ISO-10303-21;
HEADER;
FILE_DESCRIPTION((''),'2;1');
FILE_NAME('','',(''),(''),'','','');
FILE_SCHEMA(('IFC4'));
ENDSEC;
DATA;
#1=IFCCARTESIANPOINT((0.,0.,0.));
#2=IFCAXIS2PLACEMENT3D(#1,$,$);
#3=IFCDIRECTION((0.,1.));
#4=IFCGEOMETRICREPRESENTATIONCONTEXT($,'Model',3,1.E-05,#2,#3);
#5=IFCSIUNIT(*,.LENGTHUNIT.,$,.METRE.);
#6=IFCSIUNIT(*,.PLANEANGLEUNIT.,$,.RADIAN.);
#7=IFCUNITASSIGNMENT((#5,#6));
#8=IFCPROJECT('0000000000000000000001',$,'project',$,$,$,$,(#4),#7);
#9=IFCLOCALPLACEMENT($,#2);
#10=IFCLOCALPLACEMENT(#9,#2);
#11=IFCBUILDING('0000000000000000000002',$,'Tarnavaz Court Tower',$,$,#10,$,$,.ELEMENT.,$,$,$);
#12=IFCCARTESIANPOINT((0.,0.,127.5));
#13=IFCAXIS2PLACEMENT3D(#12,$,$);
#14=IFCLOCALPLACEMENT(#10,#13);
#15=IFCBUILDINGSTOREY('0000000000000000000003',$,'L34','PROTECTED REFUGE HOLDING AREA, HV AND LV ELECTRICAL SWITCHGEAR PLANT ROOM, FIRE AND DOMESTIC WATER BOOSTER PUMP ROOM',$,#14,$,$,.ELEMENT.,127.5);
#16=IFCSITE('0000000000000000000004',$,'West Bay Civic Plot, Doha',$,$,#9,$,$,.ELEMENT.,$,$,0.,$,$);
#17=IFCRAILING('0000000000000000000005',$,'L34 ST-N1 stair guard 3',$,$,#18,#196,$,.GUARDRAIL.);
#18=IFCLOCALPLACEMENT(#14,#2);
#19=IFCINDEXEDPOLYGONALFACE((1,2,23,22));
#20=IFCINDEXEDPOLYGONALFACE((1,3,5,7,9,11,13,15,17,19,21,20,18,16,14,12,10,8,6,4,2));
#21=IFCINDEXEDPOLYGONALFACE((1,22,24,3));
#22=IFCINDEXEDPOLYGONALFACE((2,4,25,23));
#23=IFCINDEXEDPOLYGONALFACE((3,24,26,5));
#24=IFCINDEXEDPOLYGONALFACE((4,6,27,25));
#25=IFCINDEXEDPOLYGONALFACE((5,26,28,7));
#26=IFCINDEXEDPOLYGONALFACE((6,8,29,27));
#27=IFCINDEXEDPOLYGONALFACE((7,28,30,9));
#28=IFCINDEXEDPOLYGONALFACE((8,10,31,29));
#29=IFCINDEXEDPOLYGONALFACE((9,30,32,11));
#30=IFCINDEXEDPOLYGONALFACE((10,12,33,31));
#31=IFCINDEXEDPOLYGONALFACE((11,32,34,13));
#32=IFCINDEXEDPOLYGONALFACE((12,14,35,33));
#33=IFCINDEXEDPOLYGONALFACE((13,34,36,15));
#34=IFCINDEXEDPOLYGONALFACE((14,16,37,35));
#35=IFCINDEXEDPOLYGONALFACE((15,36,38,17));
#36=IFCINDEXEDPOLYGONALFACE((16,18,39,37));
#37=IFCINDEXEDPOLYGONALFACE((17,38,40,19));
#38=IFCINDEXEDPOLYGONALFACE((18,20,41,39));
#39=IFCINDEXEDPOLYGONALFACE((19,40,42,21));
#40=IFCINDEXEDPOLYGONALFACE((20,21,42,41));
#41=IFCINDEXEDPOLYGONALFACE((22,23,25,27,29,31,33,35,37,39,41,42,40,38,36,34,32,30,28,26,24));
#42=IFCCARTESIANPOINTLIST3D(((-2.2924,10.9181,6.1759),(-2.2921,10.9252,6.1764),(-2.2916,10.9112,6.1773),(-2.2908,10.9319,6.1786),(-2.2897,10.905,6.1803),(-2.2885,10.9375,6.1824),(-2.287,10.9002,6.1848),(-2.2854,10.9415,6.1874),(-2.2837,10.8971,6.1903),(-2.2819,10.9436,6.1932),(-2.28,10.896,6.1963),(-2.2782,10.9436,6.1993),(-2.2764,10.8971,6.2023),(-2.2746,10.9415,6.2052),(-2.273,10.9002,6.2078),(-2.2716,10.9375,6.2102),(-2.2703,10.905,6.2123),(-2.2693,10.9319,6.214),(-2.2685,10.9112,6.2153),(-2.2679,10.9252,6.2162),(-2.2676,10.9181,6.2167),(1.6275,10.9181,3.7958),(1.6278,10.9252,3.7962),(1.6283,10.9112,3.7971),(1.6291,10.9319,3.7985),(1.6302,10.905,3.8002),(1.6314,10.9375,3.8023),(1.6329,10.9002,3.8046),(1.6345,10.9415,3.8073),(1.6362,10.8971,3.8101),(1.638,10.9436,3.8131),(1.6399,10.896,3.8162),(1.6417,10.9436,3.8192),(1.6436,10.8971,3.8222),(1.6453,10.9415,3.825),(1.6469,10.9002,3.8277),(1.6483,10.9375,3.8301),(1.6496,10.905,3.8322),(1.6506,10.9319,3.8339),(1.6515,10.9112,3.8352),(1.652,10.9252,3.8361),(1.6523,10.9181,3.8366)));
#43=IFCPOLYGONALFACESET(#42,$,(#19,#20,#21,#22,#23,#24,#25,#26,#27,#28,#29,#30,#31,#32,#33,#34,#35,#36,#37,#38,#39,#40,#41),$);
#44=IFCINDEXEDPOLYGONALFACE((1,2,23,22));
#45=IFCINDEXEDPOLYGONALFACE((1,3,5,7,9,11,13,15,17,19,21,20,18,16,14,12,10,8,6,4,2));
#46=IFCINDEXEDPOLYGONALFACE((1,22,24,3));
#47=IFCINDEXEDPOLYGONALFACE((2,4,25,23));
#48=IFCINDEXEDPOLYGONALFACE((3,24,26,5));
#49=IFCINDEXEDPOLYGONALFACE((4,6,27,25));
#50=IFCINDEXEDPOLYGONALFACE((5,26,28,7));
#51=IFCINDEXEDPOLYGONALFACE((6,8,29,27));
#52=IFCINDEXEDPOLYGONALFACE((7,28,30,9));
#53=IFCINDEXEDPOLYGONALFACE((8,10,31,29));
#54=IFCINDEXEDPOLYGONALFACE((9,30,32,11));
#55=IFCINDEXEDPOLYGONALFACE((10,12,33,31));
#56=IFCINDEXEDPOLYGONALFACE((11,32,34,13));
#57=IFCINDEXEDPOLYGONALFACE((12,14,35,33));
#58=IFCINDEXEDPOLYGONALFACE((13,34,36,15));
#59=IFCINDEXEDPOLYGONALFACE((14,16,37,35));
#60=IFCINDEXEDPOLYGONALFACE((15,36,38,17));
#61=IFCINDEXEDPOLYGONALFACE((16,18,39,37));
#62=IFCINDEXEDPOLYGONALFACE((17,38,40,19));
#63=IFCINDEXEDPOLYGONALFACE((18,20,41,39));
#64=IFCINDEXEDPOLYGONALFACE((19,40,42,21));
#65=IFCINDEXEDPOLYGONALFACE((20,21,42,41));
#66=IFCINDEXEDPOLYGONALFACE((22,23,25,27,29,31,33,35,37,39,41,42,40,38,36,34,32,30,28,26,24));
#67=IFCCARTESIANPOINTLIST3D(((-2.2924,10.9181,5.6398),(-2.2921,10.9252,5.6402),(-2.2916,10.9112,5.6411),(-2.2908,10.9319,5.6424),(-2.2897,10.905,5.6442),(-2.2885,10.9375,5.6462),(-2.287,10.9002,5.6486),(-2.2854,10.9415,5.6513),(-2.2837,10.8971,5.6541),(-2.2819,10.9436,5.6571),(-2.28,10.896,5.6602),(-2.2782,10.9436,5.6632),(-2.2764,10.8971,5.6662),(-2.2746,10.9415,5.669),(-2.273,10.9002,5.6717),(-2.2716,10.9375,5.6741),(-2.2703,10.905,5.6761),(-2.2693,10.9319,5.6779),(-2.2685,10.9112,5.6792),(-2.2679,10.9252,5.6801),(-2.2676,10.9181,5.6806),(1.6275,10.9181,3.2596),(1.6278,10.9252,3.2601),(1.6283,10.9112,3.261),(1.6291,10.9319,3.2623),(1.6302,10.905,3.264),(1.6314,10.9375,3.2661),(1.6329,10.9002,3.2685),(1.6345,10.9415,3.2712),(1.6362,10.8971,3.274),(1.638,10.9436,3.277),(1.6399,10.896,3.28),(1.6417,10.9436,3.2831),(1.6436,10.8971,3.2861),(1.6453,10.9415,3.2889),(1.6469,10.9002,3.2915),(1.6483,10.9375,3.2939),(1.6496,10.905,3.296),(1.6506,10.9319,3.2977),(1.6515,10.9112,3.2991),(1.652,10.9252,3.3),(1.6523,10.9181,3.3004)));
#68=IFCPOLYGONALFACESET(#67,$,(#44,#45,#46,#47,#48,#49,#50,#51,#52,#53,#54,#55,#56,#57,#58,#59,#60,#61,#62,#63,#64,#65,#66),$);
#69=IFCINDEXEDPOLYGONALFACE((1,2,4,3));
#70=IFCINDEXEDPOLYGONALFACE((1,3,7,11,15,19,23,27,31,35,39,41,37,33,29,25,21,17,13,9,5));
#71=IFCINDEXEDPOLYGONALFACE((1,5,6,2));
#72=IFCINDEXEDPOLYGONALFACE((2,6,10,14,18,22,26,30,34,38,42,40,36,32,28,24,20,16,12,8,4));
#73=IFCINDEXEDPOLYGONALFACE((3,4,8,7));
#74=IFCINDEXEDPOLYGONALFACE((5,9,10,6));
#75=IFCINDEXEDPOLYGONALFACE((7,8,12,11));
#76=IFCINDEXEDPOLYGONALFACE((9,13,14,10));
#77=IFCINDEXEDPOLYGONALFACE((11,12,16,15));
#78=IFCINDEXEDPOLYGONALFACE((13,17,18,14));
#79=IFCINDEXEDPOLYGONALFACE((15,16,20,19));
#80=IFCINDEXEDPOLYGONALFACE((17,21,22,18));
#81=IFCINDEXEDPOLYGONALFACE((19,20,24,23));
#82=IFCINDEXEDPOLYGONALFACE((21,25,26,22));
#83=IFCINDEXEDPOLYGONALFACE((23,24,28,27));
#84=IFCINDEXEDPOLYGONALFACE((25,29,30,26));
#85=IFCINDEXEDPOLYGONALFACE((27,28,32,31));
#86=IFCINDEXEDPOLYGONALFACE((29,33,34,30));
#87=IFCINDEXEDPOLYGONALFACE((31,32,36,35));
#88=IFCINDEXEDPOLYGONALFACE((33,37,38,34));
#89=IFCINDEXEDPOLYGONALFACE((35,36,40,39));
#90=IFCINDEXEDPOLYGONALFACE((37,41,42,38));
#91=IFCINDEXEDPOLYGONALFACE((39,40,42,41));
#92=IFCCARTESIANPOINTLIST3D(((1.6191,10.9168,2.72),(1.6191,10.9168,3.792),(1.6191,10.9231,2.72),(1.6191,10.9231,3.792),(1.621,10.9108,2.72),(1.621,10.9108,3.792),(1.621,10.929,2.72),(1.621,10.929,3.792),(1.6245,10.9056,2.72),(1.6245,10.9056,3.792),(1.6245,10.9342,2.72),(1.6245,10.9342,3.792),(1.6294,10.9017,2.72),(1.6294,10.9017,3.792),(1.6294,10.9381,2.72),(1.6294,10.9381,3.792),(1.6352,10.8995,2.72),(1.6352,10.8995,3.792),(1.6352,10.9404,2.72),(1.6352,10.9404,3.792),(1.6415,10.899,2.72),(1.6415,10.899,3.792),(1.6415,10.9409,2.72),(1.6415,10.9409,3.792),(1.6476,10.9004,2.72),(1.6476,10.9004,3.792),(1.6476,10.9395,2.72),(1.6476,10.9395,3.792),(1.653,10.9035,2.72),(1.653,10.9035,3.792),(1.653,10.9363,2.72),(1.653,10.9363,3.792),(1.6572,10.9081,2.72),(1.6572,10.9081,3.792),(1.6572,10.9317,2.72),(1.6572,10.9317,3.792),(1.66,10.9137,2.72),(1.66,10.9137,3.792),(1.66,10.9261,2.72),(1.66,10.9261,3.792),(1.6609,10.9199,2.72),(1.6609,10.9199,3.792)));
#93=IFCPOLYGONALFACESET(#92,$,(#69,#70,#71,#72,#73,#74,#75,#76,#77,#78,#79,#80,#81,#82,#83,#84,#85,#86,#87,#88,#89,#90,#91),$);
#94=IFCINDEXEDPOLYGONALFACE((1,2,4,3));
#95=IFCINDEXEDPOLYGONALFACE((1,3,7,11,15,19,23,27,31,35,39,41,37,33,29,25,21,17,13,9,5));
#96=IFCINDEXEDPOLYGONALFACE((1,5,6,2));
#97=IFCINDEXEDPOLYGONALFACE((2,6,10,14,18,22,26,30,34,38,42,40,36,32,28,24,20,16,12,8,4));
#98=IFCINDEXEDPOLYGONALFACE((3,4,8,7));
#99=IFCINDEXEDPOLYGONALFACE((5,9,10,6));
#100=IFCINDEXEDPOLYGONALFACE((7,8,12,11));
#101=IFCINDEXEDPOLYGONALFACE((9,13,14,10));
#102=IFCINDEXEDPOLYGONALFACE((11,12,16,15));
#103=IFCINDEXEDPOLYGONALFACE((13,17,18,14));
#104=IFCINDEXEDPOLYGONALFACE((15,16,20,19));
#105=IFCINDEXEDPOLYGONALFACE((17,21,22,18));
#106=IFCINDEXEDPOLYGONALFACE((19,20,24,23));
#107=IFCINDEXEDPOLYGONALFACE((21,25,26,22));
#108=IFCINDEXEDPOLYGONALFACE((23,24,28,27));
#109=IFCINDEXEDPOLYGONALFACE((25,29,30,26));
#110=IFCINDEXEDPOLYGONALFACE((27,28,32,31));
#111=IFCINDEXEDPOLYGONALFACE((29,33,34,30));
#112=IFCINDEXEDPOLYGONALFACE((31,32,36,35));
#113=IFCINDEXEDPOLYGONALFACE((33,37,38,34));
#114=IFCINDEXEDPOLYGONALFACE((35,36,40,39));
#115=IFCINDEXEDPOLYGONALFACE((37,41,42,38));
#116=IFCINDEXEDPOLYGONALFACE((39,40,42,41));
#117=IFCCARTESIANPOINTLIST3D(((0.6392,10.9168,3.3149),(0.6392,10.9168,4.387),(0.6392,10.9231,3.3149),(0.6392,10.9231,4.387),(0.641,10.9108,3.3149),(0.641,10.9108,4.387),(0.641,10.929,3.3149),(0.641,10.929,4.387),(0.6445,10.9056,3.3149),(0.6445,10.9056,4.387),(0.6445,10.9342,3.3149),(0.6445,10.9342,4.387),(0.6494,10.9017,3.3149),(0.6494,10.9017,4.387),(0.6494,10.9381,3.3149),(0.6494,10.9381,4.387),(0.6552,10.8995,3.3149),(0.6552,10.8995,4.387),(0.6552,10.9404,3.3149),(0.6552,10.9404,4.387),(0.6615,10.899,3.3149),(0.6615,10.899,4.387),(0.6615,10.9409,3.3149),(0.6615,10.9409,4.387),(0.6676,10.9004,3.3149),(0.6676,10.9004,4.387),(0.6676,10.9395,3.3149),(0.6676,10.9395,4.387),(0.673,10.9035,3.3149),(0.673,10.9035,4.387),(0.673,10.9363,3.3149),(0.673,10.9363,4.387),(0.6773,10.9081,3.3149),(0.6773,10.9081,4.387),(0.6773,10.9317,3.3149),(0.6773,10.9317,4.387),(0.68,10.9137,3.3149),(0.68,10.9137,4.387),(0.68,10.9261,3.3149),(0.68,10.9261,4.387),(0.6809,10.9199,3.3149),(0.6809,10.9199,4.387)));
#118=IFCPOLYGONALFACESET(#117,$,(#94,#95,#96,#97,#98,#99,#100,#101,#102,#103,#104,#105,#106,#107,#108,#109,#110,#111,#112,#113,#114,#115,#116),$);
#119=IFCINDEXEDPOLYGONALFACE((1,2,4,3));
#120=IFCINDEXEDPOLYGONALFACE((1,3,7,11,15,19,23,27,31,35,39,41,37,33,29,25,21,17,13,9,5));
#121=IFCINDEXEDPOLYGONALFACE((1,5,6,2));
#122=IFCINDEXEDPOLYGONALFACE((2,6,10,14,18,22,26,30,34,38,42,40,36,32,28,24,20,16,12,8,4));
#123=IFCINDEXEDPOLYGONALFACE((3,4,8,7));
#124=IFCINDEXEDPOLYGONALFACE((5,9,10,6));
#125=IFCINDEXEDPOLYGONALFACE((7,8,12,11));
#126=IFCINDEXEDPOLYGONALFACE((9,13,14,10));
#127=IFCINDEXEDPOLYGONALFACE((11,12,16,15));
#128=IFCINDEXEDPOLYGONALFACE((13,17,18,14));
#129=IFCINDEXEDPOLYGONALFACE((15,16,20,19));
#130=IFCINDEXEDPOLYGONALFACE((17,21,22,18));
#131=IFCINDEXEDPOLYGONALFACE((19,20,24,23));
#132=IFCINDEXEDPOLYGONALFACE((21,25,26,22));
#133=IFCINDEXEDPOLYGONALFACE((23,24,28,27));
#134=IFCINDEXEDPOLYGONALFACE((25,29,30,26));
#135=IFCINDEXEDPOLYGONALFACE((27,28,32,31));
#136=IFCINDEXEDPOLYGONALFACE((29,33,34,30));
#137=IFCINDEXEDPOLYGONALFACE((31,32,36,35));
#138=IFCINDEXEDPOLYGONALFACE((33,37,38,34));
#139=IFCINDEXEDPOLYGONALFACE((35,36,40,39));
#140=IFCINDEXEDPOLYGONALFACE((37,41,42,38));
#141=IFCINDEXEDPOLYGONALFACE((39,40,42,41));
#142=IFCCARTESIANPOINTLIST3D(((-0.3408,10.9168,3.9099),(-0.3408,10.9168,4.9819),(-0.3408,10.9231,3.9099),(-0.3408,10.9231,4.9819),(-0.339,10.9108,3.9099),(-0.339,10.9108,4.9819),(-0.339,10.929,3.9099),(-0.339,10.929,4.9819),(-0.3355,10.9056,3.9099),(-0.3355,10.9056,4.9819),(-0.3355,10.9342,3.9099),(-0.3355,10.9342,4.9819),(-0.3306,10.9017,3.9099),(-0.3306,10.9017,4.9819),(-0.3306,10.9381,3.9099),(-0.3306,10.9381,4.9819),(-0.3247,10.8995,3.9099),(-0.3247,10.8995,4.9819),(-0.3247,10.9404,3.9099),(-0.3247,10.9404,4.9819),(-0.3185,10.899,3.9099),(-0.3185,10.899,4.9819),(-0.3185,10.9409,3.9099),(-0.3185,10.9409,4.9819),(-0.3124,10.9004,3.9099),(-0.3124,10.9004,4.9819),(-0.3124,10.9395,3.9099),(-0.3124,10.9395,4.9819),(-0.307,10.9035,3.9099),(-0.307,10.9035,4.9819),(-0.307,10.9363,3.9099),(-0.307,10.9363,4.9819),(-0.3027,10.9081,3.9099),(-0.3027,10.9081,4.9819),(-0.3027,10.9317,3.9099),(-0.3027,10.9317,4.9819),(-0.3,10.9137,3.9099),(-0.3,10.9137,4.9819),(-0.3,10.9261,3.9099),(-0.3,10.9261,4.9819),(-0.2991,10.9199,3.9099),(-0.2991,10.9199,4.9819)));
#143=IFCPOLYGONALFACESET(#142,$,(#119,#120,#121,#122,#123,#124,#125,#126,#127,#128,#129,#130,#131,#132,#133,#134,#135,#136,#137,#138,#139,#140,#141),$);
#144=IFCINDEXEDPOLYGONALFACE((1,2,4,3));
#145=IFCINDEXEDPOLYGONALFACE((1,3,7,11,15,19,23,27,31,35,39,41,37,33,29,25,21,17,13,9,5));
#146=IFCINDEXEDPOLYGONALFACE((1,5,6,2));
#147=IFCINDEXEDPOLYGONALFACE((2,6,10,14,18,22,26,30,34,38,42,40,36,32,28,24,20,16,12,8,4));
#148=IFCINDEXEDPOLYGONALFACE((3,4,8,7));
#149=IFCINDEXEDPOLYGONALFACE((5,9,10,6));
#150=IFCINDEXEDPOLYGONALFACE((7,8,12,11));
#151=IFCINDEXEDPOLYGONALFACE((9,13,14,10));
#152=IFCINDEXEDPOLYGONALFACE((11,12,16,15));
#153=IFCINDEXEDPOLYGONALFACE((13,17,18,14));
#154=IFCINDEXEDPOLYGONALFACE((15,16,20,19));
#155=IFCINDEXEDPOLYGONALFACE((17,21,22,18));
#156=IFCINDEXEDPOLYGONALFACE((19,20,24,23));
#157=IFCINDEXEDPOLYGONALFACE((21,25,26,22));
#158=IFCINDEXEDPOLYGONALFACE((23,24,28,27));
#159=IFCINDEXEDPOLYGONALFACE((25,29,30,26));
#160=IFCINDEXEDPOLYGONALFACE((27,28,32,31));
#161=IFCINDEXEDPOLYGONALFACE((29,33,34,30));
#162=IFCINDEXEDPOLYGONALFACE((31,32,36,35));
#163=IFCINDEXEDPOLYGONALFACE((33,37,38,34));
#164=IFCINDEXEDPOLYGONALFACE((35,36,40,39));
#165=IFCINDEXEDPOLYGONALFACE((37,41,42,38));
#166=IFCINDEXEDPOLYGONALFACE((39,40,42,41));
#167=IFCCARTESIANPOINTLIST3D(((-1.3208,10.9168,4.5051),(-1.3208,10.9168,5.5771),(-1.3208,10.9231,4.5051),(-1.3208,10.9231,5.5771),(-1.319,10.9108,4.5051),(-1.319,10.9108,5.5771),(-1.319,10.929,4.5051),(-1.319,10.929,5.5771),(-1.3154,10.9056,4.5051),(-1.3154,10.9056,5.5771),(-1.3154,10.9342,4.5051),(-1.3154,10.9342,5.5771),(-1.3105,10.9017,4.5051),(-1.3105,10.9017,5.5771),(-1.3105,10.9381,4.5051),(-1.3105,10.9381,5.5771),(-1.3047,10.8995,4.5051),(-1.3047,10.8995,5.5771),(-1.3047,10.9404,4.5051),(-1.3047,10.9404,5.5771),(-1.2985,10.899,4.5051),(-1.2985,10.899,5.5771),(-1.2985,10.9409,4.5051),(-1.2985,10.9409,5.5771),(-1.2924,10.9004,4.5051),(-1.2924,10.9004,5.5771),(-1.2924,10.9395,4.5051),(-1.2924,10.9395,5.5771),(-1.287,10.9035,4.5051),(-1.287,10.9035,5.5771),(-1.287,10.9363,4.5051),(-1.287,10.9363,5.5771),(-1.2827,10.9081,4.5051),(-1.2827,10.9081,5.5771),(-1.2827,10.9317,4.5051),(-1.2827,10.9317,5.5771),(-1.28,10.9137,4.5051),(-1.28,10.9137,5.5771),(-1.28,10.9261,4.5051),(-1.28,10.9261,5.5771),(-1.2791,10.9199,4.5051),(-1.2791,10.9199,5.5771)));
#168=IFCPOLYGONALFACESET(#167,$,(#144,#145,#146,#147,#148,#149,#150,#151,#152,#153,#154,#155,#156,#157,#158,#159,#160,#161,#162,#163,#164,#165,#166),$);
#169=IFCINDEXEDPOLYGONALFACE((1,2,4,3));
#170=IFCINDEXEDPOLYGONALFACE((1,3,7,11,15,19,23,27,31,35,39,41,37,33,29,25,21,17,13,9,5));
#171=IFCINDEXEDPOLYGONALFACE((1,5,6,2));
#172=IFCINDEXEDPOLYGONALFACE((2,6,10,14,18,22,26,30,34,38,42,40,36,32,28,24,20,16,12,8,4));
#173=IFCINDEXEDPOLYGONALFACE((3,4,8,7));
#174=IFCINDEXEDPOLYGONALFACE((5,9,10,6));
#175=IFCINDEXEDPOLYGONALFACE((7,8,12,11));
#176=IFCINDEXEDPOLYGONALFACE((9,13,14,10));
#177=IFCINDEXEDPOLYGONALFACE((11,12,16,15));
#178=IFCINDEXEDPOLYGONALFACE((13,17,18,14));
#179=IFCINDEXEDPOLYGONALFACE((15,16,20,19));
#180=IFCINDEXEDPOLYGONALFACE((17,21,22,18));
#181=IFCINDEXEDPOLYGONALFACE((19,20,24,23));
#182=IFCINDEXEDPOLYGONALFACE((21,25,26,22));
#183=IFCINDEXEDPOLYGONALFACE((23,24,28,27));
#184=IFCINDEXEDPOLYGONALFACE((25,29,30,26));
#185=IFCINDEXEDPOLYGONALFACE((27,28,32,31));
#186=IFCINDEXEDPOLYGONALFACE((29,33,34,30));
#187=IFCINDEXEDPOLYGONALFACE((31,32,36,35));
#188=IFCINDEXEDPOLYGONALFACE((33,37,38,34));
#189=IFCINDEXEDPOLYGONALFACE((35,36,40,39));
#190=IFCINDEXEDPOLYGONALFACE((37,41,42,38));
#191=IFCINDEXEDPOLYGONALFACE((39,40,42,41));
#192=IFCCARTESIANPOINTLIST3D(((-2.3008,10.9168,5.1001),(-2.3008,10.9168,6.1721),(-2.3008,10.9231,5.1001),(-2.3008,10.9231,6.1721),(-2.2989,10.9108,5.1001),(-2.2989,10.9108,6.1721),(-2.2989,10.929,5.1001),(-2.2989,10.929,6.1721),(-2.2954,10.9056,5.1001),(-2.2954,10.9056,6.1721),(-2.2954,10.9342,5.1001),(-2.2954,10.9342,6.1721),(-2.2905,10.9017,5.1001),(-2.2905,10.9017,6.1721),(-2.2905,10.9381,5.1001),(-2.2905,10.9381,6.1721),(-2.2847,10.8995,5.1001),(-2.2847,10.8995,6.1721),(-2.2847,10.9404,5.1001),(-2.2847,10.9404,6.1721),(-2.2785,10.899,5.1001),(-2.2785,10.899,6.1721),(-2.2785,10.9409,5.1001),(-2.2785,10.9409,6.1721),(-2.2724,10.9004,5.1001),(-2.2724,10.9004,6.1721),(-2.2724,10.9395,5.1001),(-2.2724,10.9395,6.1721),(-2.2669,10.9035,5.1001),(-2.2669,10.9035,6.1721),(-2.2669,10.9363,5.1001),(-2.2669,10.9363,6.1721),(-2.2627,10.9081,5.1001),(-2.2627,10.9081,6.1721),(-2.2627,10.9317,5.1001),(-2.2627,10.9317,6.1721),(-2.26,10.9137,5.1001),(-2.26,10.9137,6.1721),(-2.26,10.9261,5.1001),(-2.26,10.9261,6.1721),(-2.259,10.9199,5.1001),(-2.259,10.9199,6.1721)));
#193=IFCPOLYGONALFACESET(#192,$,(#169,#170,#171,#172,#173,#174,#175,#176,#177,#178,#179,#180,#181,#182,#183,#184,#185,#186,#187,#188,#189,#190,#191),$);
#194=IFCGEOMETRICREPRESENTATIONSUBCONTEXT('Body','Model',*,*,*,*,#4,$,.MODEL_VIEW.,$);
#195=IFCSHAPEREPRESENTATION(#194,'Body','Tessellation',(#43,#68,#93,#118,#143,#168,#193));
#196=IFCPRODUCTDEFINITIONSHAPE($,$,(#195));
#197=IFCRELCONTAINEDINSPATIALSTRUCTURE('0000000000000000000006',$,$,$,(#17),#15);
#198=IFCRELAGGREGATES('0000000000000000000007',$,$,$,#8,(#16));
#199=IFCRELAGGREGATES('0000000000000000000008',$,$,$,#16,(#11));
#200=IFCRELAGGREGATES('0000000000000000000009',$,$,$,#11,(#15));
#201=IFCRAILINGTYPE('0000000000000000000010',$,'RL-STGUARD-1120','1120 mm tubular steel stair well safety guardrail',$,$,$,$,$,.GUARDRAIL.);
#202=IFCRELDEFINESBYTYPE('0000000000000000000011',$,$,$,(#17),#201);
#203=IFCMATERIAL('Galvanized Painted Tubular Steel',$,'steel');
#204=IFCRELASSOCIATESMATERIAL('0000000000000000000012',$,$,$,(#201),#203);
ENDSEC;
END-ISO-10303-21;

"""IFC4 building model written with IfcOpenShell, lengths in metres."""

from ifc_helpers import new_model, si_unit, direction, frame, origin, origin_2d, place, context, subcontext, project, spatial, circle, extrude, material, type_object, element, save


model = new_model("IFC4")

# Units and contexts
model_context = context("Model", 3, precision=1e-05, world=origin(), true_north=direction((0.0, 1.0)))
body_context = subcontext(model_context, "Body", "Model", "MODEL_VIEW")
ifc_project = project(units=[si_unit("LENGTHUNIT", "METRE"), si_unit("PLANEANGLEUNIT", "RADIAN")], contexts=[model_context])

# Site, building, storey
site_placement = place(None, origin())
site = spatial("IfcSite", under=ifc_project, at=site_placement, Name="West Bay Civic Plot, Doha", CompositionType="ELEMENT", RefElevation=0.0)
building_placement = place(site_placement, origin())
building = spatial("IfcBuilding", under=site, at=building_placement, Name="Tarnavaz Court Tower", CompositionType="ELEMENT")
storey_placement = place(building_placement, frame((0.0, 0.0, 127.5)))
storey = spatial("IfcBuildingStorey", under=building, at=storey_placement, Name="L34", Description="PROTECTED REFUGE HOLDING AREA, HV AND LV ELECTRICAL SWITCHGEAR PLANT ROOM, FIRE AND DOMESTIC WATER BOOSTER PUMP ROOM", CompositionType="ELEMENT", Elevation=127.5)

# Railing
ifc_material_1 = material(Name="Galvanized Painted Tubular Steel", Category="steel")
railing_type_1 = type_object("IfcRailingType", Name="RL-STGUARD-1120", Description="1120 mm tubular steel stair well safety guardrail", PredefinedType="GUARDRAIL", material=ifc_material_1)
railing_1_placement = place(storey_placement, frame((1.6399, 10.9199, 2.72)))
element("IfcRailing", 1, at=railing_1_placement, inside=storey, type_object=railing_type_1, Name="L34 ST-N1 stair guard 3", PredefinedType="GUARDRAIL", context=body_context, shape_type="SweptSolid", body=[
    extrude(circle(Radius=0.0239, at=origin_2d()), frame((0.0, 0.0, 1.0962), z_axis=(-0.854771, 0.0, 0.519006), x_axis=(0.0, -1.0, 0.0)), (0.0, 0.0, 1.0), 4.5859),
    extrude(circle(Radius=0.0239, at=origin_2d()), frame((0.0, 0.0, 0.5601), z_axis=(-0.854771, 0.0, 0.519006), x_axis=(0.0, -1.0, 0.0)), (0.0, 0.0, 1.0), 4.5859),
    extrude(circle(Radius=0.021, at=origin_2d()), origin(), (0.0, 0.0, 1.0), 1.072),
    extrude(circle(Radius=0.021, at=origin_2d()), frame((-0.98, 0.0, 0.595)), (0.0, 0.0, 1.0), 1.072),
    extrude(circle(Radius=0.021, at=origin_2d()), frame((-1.96, 0.0, 1.1899)), (0.0, 0.0, 1.0), 1.072),
    extrude(circle(Radius=0.021, at=origin_2d()), frame((-2.9399, 0.0, 1.7852)), (0.0, 0.0, 1.0), 1.072),
    extrude(circle(Radius=0.021, at=origin_2d()), frame((-3.9199, 0.0, 2.3801)), (0.0, 0.0, 1.0), 1.072),
])

save(model, "model.ifc")
